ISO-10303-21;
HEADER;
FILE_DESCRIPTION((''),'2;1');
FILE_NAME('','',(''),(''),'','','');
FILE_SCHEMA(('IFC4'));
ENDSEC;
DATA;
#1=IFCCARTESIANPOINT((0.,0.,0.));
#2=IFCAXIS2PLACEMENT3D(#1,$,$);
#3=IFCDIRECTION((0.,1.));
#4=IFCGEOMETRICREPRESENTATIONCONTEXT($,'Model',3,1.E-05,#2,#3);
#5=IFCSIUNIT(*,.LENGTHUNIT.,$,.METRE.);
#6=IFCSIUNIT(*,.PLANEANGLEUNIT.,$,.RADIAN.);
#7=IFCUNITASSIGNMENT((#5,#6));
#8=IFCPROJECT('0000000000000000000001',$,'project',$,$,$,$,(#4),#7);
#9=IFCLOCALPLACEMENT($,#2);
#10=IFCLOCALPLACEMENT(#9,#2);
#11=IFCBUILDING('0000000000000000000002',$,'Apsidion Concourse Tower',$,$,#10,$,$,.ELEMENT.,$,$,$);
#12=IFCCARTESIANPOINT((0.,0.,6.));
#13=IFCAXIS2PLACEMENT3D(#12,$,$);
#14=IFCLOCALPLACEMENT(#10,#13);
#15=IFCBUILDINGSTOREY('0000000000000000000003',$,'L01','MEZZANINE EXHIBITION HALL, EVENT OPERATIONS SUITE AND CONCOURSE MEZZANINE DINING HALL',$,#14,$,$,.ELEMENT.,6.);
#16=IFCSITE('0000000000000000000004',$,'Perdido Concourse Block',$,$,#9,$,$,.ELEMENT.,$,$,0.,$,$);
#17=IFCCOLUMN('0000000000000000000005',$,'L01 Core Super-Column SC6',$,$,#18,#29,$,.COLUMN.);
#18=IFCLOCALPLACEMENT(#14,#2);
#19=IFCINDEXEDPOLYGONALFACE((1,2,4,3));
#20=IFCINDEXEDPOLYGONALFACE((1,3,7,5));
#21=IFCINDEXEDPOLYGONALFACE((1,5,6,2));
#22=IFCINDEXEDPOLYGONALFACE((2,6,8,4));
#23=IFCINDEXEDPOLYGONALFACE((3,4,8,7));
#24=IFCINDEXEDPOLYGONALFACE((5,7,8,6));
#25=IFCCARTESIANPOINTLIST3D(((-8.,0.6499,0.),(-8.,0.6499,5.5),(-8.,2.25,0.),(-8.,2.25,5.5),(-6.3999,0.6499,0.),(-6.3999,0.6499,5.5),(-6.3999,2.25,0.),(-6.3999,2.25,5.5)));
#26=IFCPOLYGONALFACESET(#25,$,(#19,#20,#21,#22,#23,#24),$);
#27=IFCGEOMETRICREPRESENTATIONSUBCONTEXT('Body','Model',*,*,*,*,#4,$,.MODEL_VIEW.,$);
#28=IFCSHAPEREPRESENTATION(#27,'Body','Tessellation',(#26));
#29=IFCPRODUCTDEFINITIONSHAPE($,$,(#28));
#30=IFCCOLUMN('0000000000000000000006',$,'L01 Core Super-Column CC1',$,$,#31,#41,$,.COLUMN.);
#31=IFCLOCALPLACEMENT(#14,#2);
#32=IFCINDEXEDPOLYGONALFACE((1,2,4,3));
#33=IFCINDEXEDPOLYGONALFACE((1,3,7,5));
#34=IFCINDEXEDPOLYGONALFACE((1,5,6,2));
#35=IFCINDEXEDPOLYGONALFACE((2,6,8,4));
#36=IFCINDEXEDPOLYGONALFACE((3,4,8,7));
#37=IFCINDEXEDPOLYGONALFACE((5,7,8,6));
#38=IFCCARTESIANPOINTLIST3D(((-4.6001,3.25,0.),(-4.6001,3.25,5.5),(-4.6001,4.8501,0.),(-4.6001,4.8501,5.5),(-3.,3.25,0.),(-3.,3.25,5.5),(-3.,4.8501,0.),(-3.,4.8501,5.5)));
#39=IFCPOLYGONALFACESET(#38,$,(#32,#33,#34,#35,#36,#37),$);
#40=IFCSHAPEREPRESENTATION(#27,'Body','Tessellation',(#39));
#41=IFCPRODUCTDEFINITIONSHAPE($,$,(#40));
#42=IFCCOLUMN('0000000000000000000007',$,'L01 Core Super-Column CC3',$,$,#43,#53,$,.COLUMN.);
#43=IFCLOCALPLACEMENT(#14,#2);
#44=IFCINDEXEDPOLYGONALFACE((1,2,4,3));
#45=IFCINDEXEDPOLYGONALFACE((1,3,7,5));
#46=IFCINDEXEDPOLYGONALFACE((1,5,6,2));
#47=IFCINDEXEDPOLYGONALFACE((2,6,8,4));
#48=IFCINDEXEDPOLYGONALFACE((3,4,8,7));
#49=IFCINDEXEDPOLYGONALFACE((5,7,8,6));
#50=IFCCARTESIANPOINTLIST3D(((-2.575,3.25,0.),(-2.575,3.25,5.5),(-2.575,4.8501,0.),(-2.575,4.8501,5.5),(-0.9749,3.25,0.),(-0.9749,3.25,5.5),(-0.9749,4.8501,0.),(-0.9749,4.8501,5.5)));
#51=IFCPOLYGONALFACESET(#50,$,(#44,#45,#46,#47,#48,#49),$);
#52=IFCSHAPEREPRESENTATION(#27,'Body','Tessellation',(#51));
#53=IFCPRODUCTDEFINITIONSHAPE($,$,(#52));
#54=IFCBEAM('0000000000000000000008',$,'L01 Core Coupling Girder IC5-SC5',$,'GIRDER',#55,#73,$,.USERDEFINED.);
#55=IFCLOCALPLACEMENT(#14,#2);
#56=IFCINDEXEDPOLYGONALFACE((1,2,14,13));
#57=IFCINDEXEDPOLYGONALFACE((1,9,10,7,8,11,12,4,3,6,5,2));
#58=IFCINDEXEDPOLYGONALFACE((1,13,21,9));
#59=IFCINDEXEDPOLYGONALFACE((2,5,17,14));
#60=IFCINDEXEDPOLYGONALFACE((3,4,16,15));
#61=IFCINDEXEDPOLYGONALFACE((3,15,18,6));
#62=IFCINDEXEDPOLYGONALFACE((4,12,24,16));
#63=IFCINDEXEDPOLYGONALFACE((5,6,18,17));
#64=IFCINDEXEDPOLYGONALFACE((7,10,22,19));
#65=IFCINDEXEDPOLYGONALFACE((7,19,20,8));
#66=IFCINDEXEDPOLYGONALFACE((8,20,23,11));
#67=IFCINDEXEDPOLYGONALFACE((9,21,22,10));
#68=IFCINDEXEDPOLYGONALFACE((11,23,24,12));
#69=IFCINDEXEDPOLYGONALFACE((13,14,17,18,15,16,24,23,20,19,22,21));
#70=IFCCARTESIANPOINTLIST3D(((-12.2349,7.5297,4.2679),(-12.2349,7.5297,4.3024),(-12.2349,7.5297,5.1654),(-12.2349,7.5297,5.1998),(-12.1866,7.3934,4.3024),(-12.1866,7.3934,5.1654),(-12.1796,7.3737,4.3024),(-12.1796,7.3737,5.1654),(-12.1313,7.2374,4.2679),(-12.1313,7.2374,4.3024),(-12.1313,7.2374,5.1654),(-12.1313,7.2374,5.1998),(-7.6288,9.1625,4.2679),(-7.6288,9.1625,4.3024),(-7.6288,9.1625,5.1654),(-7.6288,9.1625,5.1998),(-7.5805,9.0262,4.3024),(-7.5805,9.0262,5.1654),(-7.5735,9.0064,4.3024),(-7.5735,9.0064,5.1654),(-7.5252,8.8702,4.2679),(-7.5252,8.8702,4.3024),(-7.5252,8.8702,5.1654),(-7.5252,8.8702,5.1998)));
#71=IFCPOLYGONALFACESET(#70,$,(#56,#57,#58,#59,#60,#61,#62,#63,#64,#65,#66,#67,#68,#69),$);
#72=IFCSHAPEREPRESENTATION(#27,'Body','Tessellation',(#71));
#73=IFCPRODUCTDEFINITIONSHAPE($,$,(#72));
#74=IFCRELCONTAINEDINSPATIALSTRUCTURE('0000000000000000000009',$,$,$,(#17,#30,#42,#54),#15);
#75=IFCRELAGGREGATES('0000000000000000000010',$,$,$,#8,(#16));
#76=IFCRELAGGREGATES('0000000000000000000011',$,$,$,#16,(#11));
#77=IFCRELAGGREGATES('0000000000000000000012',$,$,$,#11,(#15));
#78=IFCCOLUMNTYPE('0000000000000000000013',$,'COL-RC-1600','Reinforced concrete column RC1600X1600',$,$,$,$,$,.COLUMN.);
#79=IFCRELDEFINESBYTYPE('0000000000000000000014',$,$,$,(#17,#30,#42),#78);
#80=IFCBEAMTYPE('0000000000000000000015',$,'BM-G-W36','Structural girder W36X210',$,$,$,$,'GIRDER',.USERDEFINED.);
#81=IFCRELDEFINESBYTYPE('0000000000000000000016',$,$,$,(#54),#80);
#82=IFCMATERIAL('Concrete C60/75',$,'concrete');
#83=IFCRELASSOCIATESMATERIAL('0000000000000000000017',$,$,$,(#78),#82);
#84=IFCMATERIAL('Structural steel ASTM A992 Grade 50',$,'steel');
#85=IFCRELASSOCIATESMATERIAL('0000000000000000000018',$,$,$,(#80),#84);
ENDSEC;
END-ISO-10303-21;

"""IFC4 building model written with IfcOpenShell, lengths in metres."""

from ifc_helpers import new_model, si_unit, direction, frame, origin, origin_2d, place, context, subcontext, project, spatial, rectangle, i_section, extrude, material, material_profile, profile_set, type_object, element, save


model = new_model("IFC4")

# Units and contexts
model_context = context("Model", 3, precision=1e-05, world=origin(), true_north=direction((0.0, 1.0)))
body_context = subcontext(model_context, "Body", "Model", "MODEL_VIEW")
ifc_project = project(units=[si_unit("LENGTHUNIT", "METRE"), si_unit("PLANEANGLEUNIT", "RADIAN")], contexts=[model_context])

# Site, building, storey
site_placement = place(None, origin())
site = spatial("IfcSite", under=ifc_project, at=site_placement, Name="Perdido Concourse Block", CompositionType="ELEMENT", RefElevation=0.0)
building_placement = place(site_placement, origin())
building = spatial("IfcBuilding", under=site, at=building_placement, Name="Apsidion Concourse Tower", CompositionType="ELEMENT")
storey_placement = place(building_placement, frame((0.0, 0.0, 6.0)))
storey = spatial("IfcBuildingStorey", under=building, at=storey_placement, Name="L01", Description="MEZZANINE EXHIBITION HALL, EVENT OPERATIONS SUITE AND CONCOURSE MEZZANINE DINING HALL", CompositionType="ELEMENT", Elevation=6.0)

# Columns
ifc_material_1 = material(Name="Concrete C60/75", Category="concrete")
ifc_material_profile_1 = material_profile(ifc_material_1, rectangle(XDim=1.6001, YDim=1.6001, at=origin_2d()), Name="RC 1600x1600")
ifc_profile_set_1 = profile_set([ifc_material_profile_1], Name="Concrete C60/75")
column_type = type_object("IfcColumnType", Name="COL-RC-1600", Description="Reinforced concrete column RC1600X1600", PredefinedType="COLUMN", material=ifc_profile_set_1)
for number, where, z_axis, x_axis, name in (
    (1, (-7.2, 1.45, 0.0), (0.0, 0.0, 1.0), (1.0, 0.0, 0.0), "L01 Core Super-Column SC6"),
    (2, (-3.8, 4.05, 0.0), (0.0, 0.0, 1.0), (1.0, 0.0, 0.0), "L01 Core Super-Column CC1"),
    (3, (-1.7749, 4.05, 0.0), (0.0, 0.0, 1.0), (1.0, 0.0, 0.0), "L01 Core Super-Column CC3"),
):
    element("IfcColumn", number, at=place(storey_placement, frame(where, z_axis=z_axis, x_axis=x_axis)), inside=storey, type_object=column_type, Name=name, PredefinedType="COLUMN", context=body_context, shape_type="SweptSolid", body=[
        extrude(rectangle(XDim=1.6001, YDim=1.6001, at=origin_2d()), origin(), (0.0, 0.0, 1.0), 5.5),
    ])

# Beam
ifc_material_2 = material(Name="Structural steel ASTM A992 Grade 50", Category="steel")
ifc_material_profile_2 = material_profile(ifc_material_2, i_section(OverallWidth=0.3101, OverallDepth=0.9319, WebThickness=0.021, FlangeThickness=0.0344, at=origin_2d()), Name="W36X210")
ifc_profile_set_2 = profile_set([ifc_material_profile_2], Name="Structural steel ASTM A992 Grade 50")
beam_type = type_object("IfcBeamType", Name="BM-G-W36", Description="Structural girder W36X210", ElementType="GIRDER", PredefinedType="USERDEFINED", material=ifc_profile_set_2)
beam_placement = place(storey_placement, frame((-12.1831, 7.3835, 4.7339), z_axis=(0.942534, 0.334111, 0.0), x_axis=(-0.334111, 0.942534, 0.0)))
element("IfcBeam", 4, at=beam_placement, inside=storey, type_object=beam_type, Name="L01 Core Coupling Girder IC5-SC5", ObjectType="GIRDER", PredefinedType="USERDEFINED", context=body_context, shape_type="SweptSolid", body=[
    extrude(i_section(OverallWidth=0.3101, OverallDepth=0.9319, WebThickness=0.021, FlangeThickness=0.0344, at=origin_2d()), origin(), (0.0, 0.0, 1.0), 4.887),
])

save(model, "model.ifc")
